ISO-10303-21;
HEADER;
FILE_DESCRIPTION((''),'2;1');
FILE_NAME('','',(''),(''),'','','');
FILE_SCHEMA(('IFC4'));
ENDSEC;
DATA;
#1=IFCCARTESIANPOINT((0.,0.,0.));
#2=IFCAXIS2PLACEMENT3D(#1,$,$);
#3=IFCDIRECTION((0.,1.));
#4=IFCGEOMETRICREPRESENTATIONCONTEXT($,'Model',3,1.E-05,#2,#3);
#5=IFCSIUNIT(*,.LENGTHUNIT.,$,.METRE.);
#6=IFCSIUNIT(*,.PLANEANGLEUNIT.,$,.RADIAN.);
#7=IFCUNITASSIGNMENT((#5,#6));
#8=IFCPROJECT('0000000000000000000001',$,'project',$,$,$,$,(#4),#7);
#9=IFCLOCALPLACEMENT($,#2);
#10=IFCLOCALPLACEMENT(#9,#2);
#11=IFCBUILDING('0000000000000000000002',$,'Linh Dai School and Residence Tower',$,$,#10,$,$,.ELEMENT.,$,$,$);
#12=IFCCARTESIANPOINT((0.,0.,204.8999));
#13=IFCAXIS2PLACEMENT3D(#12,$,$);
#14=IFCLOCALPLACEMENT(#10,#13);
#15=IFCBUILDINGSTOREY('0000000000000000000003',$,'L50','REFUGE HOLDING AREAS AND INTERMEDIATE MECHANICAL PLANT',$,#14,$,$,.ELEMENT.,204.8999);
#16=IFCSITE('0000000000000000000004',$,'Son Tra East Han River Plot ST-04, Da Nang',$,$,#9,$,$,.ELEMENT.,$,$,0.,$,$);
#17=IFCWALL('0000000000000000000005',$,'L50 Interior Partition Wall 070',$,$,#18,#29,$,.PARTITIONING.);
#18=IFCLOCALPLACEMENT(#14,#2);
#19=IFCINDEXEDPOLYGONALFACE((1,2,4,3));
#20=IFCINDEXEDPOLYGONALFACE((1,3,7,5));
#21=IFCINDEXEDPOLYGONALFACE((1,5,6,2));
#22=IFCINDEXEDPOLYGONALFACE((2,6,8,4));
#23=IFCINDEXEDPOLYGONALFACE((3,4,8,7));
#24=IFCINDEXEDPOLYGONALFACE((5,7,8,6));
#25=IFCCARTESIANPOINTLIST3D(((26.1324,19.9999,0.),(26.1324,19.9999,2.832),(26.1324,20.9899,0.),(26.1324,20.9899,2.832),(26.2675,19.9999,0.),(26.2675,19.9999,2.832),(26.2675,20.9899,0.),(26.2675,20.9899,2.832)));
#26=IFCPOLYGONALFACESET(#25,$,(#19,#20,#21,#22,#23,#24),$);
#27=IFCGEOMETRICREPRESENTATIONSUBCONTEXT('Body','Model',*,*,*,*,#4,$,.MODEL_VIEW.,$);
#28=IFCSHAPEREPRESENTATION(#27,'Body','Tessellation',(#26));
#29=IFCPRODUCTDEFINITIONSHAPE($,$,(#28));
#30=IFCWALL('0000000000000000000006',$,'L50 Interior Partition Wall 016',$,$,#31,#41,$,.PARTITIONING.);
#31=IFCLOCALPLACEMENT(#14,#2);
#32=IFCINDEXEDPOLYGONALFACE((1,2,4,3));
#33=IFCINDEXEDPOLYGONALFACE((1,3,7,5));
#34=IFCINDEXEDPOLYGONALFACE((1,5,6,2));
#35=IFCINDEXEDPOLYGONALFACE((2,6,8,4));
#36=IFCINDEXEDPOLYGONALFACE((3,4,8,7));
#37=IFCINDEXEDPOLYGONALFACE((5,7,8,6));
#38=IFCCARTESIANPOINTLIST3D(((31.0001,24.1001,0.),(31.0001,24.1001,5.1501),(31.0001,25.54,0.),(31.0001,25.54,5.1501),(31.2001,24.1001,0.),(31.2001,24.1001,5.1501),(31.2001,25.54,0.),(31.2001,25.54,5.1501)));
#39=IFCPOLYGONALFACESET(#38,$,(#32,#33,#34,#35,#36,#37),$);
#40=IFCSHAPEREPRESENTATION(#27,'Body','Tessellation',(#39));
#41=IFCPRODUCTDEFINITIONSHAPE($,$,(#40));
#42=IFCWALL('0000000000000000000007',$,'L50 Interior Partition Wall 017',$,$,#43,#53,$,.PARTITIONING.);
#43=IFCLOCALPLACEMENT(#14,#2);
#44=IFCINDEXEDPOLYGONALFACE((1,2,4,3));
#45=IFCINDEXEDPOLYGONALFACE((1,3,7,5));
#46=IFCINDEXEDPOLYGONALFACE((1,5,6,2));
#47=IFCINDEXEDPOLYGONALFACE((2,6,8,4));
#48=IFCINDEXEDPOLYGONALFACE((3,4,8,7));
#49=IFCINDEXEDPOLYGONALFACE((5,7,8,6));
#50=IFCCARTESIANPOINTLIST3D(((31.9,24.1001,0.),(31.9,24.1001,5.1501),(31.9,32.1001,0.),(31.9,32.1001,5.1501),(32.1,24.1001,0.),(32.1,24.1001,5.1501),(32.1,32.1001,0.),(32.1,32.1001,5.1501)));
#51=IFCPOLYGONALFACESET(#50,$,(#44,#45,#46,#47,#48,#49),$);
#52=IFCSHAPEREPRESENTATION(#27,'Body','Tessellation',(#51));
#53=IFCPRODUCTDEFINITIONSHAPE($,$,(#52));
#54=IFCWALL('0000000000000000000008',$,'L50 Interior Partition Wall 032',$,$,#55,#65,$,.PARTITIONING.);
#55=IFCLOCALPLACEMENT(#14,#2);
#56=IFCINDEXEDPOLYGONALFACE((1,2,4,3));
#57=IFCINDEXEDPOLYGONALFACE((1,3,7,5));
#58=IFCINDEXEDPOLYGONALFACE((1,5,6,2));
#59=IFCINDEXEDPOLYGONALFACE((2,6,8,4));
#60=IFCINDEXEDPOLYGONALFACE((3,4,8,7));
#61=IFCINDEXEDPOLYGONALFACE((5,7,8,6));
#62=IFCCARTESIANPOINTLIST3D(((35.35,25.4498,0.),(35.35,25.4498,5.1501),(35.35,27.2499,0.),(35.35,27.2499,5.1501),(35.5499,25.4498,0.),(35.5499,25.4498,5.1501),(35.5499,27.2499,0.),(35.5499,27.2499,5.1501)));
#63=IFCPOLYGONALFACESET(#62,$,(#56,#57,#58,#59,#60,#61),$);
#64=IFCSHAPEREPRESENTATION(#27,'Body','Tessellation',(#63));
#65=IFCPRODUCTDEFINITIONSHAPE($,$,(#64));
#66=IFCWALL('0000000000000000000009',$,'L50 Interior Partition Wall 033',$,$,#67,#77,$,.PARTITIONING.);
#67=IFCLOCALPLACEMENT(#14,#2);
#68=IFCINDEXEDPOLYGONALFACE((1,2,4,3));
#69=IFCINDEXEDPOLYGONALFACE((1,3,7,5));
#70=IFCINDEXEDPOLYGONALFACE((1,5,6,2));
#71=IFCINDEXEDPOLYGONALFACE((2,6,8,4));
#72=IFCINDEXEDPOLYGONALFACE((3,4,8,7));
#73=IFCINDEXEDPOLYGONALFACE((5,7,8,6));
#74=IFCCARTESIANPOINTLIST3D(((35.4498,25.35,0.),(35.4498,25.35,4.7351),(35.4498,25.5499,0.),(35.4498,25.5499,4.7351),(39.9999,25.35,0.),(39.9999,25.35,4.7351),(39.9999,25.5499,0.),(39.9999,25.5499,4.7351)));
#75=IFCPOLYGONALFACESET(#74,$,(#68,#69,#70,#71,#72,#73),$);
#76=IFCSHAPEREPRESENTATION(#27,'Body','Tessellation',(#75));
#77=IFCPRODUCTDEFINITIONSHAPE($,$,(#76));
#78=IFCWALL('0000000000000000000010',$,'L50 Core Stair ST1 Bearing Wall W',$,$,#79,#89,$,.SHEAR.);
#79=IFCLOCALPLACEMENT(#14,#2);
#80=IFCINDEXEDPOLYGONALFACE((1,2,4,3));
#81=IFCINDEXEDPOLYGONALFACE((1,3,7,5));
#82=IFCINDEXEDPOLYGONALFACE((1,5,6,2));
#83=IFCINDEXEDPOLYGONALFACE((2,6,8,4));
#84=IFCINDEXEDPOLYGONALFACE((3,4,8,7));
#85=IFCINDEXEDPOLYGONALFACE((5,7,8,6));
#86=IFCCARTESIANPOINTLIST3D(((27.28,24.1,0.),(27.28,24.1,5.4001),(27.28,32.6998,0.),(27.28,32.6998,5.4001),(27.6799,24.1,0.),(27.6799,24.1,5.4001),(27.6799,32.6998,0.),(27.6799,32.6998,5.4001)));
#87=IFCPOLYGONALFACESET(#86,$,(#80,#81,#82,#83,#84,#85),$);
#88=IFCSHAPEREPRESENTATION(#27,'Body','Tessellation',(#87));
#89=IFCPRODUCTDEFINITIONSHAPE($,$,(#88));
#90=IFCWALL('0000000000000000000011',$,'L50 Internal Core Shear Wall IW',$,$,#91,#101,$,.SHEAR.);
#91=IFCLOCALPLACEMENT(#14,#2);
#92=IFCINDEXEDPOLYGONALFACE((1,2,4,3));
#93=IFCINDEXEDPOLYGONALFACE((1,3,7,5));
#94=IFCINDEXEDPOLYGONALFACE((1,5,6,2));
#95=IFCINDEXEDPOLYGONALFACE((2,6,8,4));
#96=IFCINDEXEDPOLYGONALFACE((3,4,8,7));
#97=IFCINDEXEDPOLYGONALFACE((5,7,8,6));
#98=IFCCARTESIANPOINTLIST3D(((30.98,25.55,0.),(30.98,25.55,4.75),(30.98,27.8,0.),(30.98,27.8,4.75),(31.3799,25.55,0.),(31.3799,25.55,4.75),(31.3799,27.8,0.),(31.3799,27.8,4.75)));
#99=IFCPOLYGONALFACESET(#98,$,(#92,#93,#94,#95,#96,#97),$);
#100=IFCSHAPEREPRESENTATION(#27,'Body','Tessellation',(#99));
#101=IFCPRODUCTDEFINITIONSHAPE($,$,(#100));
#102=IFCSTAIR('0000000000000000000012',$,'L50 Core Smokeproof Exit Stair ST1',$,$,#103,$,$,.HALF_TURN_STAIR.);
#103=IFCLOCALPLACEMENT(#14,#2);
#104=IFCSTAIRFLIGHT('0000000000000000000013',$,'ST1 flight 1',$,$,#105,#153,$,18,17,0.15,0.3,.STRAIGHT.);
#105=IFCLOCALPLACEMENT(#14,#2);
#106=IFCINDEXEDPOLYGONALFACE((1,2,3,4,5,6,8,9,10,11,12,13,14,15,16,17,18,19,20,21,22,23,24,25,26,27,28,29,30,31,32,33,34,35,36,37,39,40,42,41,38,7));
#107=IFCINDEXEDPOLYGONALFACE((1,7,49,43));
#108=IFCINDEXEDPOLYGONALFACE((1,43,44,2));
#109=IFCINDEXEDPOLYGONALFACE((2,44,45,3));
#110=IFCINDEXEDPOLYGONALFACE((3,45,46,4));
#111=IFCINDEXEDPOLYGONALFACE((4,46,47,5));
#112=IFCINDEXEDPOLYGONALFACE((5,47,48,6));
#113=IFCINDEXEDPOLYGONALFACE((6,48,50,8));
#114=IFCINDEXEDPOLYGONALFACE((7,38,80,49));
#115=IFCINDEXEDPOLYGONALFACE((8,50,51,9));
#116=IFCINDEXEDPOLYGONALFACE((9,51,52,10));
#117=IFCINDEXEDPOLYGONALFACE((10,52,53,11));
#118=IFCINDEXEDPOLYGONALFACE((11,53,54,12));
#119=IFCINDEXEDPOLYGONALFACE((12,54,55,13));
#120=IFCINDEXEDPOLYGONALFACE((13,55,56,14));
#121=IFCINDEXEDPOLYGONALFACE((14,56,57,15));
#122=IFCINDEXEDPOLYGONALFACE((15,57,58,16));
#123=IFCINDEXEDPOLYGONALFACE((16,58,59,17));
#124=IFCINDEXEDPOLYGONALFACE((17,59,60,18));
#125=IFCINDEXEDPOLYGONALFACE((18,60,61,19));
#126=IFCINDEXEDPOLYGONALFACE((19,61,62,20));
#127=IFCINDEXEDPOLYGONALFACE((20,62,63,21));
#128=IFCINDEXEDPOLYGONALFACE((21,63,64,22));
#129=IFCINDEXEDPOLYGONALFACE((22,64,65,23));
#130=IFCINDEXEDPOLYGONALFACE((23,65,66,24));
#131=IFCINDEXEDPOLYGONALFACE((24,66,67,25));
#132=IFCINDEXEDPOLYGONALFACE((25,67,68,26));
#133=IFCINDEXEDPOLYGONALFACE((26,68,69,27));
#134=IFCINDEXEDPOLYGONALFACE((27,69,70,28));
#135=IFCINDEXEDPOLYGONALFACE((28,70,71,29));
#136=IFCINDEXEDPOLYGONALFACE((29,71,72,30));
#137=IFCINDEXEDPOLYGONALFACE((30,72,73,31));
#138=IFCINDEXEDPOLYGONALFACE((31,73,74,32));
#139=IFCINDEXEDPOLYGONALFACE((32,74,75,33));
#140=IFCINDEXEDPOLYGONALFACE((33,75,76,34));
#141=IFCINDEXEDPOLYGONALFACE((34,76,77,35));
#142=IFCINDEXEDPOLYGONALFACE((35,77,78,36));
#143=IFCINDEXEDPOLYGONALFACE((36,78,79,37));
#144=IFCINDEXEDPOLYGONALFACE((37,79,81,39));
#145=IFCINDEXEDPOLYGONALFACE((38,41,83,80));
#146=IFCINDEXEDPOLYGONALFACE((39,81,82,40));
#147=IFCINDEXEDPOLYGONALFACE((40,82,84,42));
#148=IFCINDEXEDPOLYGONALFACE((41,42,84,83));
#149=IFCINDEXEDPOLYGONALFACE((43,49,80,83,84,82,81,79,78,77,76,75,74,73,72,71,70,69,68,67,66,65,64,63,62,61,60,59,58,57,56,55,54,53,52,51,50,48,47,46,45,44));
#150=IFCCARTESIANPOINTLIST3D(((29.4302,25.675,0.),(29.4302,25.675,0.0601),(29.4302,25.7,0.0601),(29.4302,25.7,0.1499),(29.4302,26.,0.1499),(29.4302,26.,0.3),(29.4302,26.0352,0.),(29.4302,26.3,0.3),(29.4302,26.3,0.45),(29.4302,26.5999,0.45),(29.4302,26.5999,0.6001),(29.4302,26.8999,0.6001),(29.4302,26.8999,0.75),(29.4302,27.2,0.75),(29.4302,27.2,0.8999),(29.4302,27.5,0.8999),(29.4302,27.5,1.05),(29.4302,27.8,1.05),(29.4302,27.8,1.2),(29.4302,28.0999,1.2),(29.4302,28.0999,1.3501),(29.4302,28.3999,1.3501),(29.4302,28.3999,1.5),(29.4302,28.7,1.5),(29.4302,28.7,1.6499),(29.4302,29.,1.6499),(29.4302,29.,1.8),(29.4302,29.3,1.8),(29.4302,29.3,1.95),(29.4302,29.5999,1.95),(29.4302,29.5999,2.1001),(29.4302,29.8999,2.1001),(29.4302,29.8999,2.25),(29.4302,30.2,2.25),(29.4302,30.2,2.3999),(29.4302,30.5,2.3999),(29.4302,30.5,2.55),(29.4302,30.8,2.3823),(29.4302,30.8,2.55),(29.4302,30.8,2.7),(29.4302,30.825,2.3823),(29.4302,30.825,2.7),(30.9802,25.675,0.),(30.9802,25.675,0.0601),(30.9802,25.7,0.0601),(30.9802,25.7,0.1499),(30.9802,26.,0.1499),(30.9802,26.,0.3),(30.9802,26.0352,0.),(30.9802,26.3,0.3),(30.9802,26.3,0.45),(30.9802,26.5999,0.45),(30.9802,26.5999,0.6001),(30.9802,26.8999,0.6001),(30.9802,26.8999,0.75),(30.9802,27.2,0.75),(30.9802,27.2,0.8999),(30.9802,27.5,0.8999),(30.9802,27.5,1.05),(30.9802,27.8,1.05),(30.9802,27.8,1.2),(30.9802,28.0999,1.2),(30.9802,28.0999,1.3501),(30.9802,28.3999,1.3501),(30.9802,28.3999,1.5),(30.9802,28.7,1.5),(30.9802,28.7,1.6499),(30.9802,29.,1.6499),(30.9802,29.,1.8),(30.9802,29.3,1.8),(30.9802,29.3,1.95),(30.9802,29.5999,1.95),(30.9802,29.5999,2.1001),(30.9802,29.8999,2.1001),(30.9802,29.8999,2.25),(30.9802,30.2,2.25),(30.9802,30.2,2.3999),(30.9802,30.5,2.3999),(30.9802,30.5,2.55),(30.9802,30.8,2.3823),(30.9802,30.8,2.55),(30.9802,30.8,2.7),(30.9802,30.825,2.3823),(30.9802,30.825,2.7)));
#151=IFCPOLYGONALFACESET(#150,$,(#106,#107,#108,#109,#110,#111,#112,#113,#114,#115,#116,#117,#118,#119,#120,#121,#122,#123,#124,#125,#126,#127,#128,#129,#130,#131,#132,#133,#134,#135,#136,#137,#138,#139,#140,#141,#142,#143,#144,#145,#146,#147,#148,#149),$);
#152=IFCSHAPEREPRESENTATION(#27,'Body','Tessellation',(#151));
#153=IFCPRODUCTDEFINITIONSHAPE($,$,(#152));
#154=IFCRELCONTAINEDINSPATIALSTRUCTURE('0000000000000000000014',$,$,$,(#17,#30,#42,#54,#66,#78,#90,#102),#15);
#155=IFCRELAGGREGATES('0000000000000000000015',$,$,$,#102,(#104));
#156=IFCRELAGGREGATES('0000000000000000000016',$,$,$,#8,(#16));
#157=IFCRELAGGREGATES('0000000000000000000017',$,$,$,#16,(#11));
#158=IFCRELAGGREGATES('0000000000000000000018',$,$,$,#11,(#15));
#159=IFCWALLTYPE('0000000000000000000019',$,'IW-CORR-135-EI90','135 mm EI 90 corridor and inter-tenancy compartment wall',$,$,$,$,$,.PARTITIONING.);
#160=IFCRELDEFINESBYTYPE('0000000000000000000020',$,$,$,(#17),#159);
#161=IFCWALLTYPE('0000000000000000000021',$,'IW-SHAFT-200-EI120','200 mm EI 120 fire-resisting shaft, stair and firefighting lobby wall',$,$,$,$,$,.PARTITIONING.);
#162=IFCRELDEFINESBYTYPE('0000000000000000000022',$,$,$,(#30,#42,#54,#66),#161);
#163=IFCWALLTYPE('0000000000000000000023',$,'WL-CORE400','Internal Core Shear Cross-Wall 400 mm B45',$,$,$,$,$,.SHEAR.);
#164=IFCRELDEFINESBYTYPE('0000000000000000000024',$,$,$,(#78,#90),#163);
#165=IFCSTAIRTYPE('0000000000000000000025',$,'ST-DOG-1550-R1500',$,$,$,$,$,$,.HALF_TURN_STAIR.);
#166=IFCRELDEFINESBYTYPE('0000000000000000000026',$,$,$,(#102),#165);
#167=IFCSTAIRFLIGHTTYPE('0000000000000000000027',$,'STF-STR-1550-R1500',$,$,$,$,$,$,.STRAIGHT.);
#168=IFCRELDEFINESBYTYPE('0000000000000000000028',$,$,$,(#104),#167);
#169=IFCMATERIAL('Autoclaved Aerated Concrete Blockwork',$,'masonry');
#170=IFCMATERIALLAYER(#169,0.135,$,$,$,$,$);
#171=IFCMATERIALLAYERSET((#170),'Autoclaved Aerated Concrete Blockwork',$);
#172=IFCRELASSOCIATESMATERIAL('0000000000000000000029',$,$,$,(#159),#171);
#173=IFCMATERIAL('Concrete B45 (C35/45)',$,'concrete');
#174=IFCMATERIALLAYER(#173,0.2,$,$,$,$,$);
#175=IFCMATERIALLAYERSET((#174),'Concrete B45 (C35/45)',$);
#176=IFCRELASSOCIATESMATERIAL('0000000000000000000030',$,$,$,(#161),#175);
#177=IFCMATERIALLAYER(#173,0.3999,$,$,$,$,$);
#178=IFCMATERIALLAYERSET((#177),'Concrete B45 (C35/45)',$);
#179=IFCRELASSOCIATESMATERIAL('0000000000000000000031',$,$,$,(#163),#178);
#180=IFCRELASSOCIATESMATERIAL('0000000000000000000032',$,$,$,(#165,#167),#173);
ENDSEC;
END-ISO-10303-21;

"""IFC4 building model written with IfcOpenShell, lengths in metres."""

from ifc_helpers import new_model, si_unit, direction, frame, frame_2d, origin, place, context, subcontext, project, spatial, polyline, rectangle, outline, extrude, source, transform, mapped, material, layer, layer_set, type_object, element, aggregate, save


model = new_model("IFC4")

# Units and contexts
model_context = context("Model", 3, precision=1e-05, world=origin(), true_north=direction((0.0, 1.0)))
body_context = subcontext(model_context, "Body", "Model", "MODEL_VIEW")
ifc_project = project(units=[si_unit("LENGTHUNIT", "METRE"), si_unit("PLANEANGLEUNIT", "RADIAN")], contexts=[model_context])

# Site, building, storey
site_placement = place(None, origin())
site = spatial("IfcSite", under=ifc_project, at=site_placement, Name="Son Tra East Han River Plot ST-04, Da Nang", CompositionType="ELEMENT", RefElevation=0.0)
building_placement = place(site_placement, origin())
building = spatial("IfcBuilding", under=site, at=building_placement, Name="Linh Dai School and Residence Tower", CompositionType="ELEMENT")
storey_placement = place(building_placement, frame((0.0, 0.0, 204.8999)))
storey = spatial("IfcBuildingStorey", under=building, at=storey_placement, Name="L50", Description="REFUGE HOLDING AREAS AND INTERMEDIATE MECHANICAL PLANT", CompositionType="ELEMENT", Elevation=204.8999)

# Shared definitions
ifc_material_1 = material(Name="Autoclaved Aerated Concrete Blockwork", Category="masonry")
ifc_layer_1 = layer(ifc_material_1, 0.135)
ifc_layer_set_1 = layer_set([ifc_layer_1], Name="Autoclaved Aerated Concrete Blockwork")
wall_type_1 = type_object("IfcWallType", Name="IW-CORR-135-EI90", Description="135 mm EI 90 corridor and inter-tenancy compartment wall", PredefinedType="PARTITIONING", material=ifc_layer_set_1)

# Wall
wall_1_placement = place(storey_placement, frame((26.2, 20.99, 0.0), z_axis=(0.0, 0.0, 1.0), x_axis=(0.0, -1.0, 0.0)))
element("IfcWall", 1, at=wall_1_placement, inside=storey, type_object=wall_type_1, Name="L50 Interior Partition Wall 070", PredefinedType="PARTITIONING", context=body_context, shape_type="SweptSolid", body=[
    extrude(rectangle(XDim=0.99, YDim=0.135, at=frame_2d((0.4951, 0.0))), origin(), (0.0, 0.0, 1.0), 2.832),
])

# Shared definitions
ifc_material_2 = material(Name="Concrete B45 (C35/45)", Category="concrete")
ifc_layer_2 = layer(ifc_material_2, 0.2)
ifc_layer_set_2 = layer_set([ifc_layer_2], Name="Concrete B45 (C35/45)")
wall_type_2 = type_object("IfcWallType", Name="IW-SHAFT-200-EI120", Description="200 mm EI 120 fire-resisting shaft, stair and firefighting lobby wall", PredefinedType="PARTITIONING", material=ifc_layer_set_2)

# Walls
wall_2_placement = place(storey_placement, frame((31.1001, 24.1001, 0.0), z_axis=(0.0, 0.0, 1.0), x_axis=(0.0, 1.0, 0.0)))
element("IfcWall", 2, at=wall_2_placement, inside=storey, type_object=wall_type_2, Name="L50 Interior Partition Wall 016", PredefinedType="PARTITIONING", context=body_context, shape_type="SweptSolid", body=[
    extrude(rectangle(XDim=1.4399, YDim=0.2, at=frame_2d((0.72, 0.0))), origin(), (0.0, 0.0, 1.0), 5.1501),
])
wall_3_placement = place(storey_placement, frame((32.0, 24.1001, 0.0), z_axis=(0.0, 0.0, 1.0), x_axis=(0.0, 1.0, 0.0)))
element("IfcWall", 3, at=wall_3_placement, inside=storey, type_object=wall_type_2, Name="L50 Interior Partition Wall 017", PredefinedType="PARTITIONING", context=body_context, shape_type="SweptSolid", body=[
    extrude(rectangle(XDim=8.0, YDim=0.2, at=frame_2d((4.0, 0.0))), origin(), (0.0, 0.0, 1.0), 5.1501),
])

# Walls
wall_4_placement = place(storey_placement, frame((35.45, 25.45, 0.0), z_axis=(0.0, 0.0, 1.0), x_axis=(0.0, 1.0, 0.0)))
element("IfcWall", 4, at=wall_4_placement, inside=storey, type_object=wall_type_2, Name="L50 Interior Partition Wall 032", PredefinedType="PARTITIONING", context=body_context, shape_type="SweptSolid", body=[
    extrude(rectangle(XDim=1.8, YDim=0.2, at=frame_2d((0.8999, 0.0))), origin(), (0.0, 0.0, 1.0), 5.1501),
])
wall_5_placement = place(storey_placement, frame((35.45, 25.45, 0.0), z_axis=(0.0, 0.0, 1.0), x_axis=(1.0, 0.0, 0.0)))
element("IfcWall", 5, at=wall_5_placement, inside=storey, type_object=wall_type_2, Name="L50 Interior Partition Wall 033", PredefinedType="PARTITIONING", context=body_context, shape_type="SweptSolid", body=[
    extrude(rectangle(XDim=4.55, YDim=0.2, at=frame_2d((2.2749, 0.0))), origin(), (0.0, 0.0, 1.0), 4.7351),
])
ifc_layer_3 = layer(ifc_material_2, 0.3999)
ifc_layer_set_3 = layer_set([ifc_layer_3], Name="Concrete B45 (C35/45)")
wall_type_3 = type_object("IfcWallType", Name="WL-CORE400", Description="Internal Core Shear Cross-Wall 400 mm B45", PredefinedType="SHEAR", material=ifc_layer_set_3)
wall_6_placement = place(storey_placement, frame((27.48, 24.1001, 0.0), z_axis=(0.0, 0.0, 1.0), x_axis=(0.0, 1.0, 0.0)))
element("IfcWall", 6, at=wall_6_placement, inside=storey, type_object=wall_type_3, Name="L50 Core Stair ST1 Bearing Wall W", PredefinedType="SHEAR", context=body_context, shape_type="SweptSolid", body=[
    extrude(rectangle(XDim=8.5999, YDim=0.3999, at=frame_2d((4.2998, 0.0))), origin(), (0.0, 0.0, 1.0), 5.4001),
])
wall_7_placement = place(storey_placement, frame((31.1799, 25.55, 0.0), z_axis=(0.0, 0.0, 1.0), x_axis=(0.0, 1.0, 0.0)))
element("IfcWall", 7, at=wall_7_placement, inside=storey, type_object=wall_type_3, Name="L50 Internal Core Shear Wall IW", PredefinedType="SHEAR", context=body_context, shape_type="SweptSolid", body=[
    extrude(rectangle(XDim=2.25, YDim=0.3999, at=frame_2d((1.125, 0.0))), origin(), (0.0, 0.0, 1.0), 4.75),
])

# Stair, stair flight
stair_type = type_object("IfcStairType", Name="ST-DOG-1550-R1500", PredefinedType="HALF_TURN_STAIR", material=ifc_material_2)
stair_placement = place(storey_placement, origin())
stair = element("IfcStair", 8, at=stair_placement, inside=storey, type_object=stair_type, Name="L50 Core Smokeproof Exit Stair ST1", PredefinedType="HALF_TURN_STAIR")
stair_flight_type = type_object("IfcStairFlightType", Name="STF-STR-1550-R1500", PredefinedType="STRAIGHT", material=ifc_material_2)
shared_shape_1 = source(origin(), body_context, "Body", "SweptSolid", [
    extrude(outline(polyline([(-0.0249, 0.0), (-0.0249, 0.0601), (0.0, 0.0601), (0.0, 0.1499), (0.3, 0.1499), (0.3, 0.3), (0.6001, 0.3), (0.6001, 0.45), (0.8999, 0.45), (0.8999, 0.6001), (1.2, 0.6001), (1.2, 0.75), (1.5, 0.75), (1.5, 0.8999), (1.8, 0.8999), (1.8, 1.05), (2.1001, 1.05), (2.1001, 1.2), (2.3999, 1.2), (2.3999, 1.3501), (2.7, 1.3501), (2.7, 1.5), (3.0, 1.5), (3.0, 1.6499), (3.3, 1.6499), (3.3, 1.8), (3.6001, 1.8), (3.6001, 1.95), (3.8999, 1.95), (3.8999, 2.1001), (4.2, 2.1001), (4.2, 2.25), (4.5, 2.25), (4.5, 2.3999), (4.8, 2.3999), (4.8, 2.55), (5.1001, 2.55), (5.1001, 2.7), (5.125, 2.7), (5.125, 2.3823), (5.1001, 2.3823), (0.3352, 0.0), (-0.0249, 0.0)])), frame((0.0, 0.7749, 0.0), z_axis=(0.0, -1.0, 0.0), x_axis=(1.0, 0.0, 0.0)), (0.0, 0.0, 1.0), 1.55),
])
stair_flight_placement = place(storey_placement, frame((30.2051, 25.7, 0.0), z_axis=(0.0, 0.0, 1.0), x_axis=(0.0, 1.0, 0.0)))
stair_flight = element("IfcStairFlight", 9, at=stair_flight_placement, type_object=stair_flight_type, Name="ST1 flight 1", NumberOfRisers=18, NumberOfTreads=17, PredefinedType="STRAIGHT", RiserHeight=0.15, TreadLength=0.3, context=body_context, shape_type="MappedRepresentation", body=[
    mapped(shared_shape_1, transform((0.0, 0.0, 0.0), x_axis=(1.0, 0.0, 0.0), y_axis=(0.0, 1.0, 0.0), z_axis=(0.0, 0.0, 1.0), scale=1.0)),
])
aggregate(stair, [stair_flight])

save(model, "model.ifc")
